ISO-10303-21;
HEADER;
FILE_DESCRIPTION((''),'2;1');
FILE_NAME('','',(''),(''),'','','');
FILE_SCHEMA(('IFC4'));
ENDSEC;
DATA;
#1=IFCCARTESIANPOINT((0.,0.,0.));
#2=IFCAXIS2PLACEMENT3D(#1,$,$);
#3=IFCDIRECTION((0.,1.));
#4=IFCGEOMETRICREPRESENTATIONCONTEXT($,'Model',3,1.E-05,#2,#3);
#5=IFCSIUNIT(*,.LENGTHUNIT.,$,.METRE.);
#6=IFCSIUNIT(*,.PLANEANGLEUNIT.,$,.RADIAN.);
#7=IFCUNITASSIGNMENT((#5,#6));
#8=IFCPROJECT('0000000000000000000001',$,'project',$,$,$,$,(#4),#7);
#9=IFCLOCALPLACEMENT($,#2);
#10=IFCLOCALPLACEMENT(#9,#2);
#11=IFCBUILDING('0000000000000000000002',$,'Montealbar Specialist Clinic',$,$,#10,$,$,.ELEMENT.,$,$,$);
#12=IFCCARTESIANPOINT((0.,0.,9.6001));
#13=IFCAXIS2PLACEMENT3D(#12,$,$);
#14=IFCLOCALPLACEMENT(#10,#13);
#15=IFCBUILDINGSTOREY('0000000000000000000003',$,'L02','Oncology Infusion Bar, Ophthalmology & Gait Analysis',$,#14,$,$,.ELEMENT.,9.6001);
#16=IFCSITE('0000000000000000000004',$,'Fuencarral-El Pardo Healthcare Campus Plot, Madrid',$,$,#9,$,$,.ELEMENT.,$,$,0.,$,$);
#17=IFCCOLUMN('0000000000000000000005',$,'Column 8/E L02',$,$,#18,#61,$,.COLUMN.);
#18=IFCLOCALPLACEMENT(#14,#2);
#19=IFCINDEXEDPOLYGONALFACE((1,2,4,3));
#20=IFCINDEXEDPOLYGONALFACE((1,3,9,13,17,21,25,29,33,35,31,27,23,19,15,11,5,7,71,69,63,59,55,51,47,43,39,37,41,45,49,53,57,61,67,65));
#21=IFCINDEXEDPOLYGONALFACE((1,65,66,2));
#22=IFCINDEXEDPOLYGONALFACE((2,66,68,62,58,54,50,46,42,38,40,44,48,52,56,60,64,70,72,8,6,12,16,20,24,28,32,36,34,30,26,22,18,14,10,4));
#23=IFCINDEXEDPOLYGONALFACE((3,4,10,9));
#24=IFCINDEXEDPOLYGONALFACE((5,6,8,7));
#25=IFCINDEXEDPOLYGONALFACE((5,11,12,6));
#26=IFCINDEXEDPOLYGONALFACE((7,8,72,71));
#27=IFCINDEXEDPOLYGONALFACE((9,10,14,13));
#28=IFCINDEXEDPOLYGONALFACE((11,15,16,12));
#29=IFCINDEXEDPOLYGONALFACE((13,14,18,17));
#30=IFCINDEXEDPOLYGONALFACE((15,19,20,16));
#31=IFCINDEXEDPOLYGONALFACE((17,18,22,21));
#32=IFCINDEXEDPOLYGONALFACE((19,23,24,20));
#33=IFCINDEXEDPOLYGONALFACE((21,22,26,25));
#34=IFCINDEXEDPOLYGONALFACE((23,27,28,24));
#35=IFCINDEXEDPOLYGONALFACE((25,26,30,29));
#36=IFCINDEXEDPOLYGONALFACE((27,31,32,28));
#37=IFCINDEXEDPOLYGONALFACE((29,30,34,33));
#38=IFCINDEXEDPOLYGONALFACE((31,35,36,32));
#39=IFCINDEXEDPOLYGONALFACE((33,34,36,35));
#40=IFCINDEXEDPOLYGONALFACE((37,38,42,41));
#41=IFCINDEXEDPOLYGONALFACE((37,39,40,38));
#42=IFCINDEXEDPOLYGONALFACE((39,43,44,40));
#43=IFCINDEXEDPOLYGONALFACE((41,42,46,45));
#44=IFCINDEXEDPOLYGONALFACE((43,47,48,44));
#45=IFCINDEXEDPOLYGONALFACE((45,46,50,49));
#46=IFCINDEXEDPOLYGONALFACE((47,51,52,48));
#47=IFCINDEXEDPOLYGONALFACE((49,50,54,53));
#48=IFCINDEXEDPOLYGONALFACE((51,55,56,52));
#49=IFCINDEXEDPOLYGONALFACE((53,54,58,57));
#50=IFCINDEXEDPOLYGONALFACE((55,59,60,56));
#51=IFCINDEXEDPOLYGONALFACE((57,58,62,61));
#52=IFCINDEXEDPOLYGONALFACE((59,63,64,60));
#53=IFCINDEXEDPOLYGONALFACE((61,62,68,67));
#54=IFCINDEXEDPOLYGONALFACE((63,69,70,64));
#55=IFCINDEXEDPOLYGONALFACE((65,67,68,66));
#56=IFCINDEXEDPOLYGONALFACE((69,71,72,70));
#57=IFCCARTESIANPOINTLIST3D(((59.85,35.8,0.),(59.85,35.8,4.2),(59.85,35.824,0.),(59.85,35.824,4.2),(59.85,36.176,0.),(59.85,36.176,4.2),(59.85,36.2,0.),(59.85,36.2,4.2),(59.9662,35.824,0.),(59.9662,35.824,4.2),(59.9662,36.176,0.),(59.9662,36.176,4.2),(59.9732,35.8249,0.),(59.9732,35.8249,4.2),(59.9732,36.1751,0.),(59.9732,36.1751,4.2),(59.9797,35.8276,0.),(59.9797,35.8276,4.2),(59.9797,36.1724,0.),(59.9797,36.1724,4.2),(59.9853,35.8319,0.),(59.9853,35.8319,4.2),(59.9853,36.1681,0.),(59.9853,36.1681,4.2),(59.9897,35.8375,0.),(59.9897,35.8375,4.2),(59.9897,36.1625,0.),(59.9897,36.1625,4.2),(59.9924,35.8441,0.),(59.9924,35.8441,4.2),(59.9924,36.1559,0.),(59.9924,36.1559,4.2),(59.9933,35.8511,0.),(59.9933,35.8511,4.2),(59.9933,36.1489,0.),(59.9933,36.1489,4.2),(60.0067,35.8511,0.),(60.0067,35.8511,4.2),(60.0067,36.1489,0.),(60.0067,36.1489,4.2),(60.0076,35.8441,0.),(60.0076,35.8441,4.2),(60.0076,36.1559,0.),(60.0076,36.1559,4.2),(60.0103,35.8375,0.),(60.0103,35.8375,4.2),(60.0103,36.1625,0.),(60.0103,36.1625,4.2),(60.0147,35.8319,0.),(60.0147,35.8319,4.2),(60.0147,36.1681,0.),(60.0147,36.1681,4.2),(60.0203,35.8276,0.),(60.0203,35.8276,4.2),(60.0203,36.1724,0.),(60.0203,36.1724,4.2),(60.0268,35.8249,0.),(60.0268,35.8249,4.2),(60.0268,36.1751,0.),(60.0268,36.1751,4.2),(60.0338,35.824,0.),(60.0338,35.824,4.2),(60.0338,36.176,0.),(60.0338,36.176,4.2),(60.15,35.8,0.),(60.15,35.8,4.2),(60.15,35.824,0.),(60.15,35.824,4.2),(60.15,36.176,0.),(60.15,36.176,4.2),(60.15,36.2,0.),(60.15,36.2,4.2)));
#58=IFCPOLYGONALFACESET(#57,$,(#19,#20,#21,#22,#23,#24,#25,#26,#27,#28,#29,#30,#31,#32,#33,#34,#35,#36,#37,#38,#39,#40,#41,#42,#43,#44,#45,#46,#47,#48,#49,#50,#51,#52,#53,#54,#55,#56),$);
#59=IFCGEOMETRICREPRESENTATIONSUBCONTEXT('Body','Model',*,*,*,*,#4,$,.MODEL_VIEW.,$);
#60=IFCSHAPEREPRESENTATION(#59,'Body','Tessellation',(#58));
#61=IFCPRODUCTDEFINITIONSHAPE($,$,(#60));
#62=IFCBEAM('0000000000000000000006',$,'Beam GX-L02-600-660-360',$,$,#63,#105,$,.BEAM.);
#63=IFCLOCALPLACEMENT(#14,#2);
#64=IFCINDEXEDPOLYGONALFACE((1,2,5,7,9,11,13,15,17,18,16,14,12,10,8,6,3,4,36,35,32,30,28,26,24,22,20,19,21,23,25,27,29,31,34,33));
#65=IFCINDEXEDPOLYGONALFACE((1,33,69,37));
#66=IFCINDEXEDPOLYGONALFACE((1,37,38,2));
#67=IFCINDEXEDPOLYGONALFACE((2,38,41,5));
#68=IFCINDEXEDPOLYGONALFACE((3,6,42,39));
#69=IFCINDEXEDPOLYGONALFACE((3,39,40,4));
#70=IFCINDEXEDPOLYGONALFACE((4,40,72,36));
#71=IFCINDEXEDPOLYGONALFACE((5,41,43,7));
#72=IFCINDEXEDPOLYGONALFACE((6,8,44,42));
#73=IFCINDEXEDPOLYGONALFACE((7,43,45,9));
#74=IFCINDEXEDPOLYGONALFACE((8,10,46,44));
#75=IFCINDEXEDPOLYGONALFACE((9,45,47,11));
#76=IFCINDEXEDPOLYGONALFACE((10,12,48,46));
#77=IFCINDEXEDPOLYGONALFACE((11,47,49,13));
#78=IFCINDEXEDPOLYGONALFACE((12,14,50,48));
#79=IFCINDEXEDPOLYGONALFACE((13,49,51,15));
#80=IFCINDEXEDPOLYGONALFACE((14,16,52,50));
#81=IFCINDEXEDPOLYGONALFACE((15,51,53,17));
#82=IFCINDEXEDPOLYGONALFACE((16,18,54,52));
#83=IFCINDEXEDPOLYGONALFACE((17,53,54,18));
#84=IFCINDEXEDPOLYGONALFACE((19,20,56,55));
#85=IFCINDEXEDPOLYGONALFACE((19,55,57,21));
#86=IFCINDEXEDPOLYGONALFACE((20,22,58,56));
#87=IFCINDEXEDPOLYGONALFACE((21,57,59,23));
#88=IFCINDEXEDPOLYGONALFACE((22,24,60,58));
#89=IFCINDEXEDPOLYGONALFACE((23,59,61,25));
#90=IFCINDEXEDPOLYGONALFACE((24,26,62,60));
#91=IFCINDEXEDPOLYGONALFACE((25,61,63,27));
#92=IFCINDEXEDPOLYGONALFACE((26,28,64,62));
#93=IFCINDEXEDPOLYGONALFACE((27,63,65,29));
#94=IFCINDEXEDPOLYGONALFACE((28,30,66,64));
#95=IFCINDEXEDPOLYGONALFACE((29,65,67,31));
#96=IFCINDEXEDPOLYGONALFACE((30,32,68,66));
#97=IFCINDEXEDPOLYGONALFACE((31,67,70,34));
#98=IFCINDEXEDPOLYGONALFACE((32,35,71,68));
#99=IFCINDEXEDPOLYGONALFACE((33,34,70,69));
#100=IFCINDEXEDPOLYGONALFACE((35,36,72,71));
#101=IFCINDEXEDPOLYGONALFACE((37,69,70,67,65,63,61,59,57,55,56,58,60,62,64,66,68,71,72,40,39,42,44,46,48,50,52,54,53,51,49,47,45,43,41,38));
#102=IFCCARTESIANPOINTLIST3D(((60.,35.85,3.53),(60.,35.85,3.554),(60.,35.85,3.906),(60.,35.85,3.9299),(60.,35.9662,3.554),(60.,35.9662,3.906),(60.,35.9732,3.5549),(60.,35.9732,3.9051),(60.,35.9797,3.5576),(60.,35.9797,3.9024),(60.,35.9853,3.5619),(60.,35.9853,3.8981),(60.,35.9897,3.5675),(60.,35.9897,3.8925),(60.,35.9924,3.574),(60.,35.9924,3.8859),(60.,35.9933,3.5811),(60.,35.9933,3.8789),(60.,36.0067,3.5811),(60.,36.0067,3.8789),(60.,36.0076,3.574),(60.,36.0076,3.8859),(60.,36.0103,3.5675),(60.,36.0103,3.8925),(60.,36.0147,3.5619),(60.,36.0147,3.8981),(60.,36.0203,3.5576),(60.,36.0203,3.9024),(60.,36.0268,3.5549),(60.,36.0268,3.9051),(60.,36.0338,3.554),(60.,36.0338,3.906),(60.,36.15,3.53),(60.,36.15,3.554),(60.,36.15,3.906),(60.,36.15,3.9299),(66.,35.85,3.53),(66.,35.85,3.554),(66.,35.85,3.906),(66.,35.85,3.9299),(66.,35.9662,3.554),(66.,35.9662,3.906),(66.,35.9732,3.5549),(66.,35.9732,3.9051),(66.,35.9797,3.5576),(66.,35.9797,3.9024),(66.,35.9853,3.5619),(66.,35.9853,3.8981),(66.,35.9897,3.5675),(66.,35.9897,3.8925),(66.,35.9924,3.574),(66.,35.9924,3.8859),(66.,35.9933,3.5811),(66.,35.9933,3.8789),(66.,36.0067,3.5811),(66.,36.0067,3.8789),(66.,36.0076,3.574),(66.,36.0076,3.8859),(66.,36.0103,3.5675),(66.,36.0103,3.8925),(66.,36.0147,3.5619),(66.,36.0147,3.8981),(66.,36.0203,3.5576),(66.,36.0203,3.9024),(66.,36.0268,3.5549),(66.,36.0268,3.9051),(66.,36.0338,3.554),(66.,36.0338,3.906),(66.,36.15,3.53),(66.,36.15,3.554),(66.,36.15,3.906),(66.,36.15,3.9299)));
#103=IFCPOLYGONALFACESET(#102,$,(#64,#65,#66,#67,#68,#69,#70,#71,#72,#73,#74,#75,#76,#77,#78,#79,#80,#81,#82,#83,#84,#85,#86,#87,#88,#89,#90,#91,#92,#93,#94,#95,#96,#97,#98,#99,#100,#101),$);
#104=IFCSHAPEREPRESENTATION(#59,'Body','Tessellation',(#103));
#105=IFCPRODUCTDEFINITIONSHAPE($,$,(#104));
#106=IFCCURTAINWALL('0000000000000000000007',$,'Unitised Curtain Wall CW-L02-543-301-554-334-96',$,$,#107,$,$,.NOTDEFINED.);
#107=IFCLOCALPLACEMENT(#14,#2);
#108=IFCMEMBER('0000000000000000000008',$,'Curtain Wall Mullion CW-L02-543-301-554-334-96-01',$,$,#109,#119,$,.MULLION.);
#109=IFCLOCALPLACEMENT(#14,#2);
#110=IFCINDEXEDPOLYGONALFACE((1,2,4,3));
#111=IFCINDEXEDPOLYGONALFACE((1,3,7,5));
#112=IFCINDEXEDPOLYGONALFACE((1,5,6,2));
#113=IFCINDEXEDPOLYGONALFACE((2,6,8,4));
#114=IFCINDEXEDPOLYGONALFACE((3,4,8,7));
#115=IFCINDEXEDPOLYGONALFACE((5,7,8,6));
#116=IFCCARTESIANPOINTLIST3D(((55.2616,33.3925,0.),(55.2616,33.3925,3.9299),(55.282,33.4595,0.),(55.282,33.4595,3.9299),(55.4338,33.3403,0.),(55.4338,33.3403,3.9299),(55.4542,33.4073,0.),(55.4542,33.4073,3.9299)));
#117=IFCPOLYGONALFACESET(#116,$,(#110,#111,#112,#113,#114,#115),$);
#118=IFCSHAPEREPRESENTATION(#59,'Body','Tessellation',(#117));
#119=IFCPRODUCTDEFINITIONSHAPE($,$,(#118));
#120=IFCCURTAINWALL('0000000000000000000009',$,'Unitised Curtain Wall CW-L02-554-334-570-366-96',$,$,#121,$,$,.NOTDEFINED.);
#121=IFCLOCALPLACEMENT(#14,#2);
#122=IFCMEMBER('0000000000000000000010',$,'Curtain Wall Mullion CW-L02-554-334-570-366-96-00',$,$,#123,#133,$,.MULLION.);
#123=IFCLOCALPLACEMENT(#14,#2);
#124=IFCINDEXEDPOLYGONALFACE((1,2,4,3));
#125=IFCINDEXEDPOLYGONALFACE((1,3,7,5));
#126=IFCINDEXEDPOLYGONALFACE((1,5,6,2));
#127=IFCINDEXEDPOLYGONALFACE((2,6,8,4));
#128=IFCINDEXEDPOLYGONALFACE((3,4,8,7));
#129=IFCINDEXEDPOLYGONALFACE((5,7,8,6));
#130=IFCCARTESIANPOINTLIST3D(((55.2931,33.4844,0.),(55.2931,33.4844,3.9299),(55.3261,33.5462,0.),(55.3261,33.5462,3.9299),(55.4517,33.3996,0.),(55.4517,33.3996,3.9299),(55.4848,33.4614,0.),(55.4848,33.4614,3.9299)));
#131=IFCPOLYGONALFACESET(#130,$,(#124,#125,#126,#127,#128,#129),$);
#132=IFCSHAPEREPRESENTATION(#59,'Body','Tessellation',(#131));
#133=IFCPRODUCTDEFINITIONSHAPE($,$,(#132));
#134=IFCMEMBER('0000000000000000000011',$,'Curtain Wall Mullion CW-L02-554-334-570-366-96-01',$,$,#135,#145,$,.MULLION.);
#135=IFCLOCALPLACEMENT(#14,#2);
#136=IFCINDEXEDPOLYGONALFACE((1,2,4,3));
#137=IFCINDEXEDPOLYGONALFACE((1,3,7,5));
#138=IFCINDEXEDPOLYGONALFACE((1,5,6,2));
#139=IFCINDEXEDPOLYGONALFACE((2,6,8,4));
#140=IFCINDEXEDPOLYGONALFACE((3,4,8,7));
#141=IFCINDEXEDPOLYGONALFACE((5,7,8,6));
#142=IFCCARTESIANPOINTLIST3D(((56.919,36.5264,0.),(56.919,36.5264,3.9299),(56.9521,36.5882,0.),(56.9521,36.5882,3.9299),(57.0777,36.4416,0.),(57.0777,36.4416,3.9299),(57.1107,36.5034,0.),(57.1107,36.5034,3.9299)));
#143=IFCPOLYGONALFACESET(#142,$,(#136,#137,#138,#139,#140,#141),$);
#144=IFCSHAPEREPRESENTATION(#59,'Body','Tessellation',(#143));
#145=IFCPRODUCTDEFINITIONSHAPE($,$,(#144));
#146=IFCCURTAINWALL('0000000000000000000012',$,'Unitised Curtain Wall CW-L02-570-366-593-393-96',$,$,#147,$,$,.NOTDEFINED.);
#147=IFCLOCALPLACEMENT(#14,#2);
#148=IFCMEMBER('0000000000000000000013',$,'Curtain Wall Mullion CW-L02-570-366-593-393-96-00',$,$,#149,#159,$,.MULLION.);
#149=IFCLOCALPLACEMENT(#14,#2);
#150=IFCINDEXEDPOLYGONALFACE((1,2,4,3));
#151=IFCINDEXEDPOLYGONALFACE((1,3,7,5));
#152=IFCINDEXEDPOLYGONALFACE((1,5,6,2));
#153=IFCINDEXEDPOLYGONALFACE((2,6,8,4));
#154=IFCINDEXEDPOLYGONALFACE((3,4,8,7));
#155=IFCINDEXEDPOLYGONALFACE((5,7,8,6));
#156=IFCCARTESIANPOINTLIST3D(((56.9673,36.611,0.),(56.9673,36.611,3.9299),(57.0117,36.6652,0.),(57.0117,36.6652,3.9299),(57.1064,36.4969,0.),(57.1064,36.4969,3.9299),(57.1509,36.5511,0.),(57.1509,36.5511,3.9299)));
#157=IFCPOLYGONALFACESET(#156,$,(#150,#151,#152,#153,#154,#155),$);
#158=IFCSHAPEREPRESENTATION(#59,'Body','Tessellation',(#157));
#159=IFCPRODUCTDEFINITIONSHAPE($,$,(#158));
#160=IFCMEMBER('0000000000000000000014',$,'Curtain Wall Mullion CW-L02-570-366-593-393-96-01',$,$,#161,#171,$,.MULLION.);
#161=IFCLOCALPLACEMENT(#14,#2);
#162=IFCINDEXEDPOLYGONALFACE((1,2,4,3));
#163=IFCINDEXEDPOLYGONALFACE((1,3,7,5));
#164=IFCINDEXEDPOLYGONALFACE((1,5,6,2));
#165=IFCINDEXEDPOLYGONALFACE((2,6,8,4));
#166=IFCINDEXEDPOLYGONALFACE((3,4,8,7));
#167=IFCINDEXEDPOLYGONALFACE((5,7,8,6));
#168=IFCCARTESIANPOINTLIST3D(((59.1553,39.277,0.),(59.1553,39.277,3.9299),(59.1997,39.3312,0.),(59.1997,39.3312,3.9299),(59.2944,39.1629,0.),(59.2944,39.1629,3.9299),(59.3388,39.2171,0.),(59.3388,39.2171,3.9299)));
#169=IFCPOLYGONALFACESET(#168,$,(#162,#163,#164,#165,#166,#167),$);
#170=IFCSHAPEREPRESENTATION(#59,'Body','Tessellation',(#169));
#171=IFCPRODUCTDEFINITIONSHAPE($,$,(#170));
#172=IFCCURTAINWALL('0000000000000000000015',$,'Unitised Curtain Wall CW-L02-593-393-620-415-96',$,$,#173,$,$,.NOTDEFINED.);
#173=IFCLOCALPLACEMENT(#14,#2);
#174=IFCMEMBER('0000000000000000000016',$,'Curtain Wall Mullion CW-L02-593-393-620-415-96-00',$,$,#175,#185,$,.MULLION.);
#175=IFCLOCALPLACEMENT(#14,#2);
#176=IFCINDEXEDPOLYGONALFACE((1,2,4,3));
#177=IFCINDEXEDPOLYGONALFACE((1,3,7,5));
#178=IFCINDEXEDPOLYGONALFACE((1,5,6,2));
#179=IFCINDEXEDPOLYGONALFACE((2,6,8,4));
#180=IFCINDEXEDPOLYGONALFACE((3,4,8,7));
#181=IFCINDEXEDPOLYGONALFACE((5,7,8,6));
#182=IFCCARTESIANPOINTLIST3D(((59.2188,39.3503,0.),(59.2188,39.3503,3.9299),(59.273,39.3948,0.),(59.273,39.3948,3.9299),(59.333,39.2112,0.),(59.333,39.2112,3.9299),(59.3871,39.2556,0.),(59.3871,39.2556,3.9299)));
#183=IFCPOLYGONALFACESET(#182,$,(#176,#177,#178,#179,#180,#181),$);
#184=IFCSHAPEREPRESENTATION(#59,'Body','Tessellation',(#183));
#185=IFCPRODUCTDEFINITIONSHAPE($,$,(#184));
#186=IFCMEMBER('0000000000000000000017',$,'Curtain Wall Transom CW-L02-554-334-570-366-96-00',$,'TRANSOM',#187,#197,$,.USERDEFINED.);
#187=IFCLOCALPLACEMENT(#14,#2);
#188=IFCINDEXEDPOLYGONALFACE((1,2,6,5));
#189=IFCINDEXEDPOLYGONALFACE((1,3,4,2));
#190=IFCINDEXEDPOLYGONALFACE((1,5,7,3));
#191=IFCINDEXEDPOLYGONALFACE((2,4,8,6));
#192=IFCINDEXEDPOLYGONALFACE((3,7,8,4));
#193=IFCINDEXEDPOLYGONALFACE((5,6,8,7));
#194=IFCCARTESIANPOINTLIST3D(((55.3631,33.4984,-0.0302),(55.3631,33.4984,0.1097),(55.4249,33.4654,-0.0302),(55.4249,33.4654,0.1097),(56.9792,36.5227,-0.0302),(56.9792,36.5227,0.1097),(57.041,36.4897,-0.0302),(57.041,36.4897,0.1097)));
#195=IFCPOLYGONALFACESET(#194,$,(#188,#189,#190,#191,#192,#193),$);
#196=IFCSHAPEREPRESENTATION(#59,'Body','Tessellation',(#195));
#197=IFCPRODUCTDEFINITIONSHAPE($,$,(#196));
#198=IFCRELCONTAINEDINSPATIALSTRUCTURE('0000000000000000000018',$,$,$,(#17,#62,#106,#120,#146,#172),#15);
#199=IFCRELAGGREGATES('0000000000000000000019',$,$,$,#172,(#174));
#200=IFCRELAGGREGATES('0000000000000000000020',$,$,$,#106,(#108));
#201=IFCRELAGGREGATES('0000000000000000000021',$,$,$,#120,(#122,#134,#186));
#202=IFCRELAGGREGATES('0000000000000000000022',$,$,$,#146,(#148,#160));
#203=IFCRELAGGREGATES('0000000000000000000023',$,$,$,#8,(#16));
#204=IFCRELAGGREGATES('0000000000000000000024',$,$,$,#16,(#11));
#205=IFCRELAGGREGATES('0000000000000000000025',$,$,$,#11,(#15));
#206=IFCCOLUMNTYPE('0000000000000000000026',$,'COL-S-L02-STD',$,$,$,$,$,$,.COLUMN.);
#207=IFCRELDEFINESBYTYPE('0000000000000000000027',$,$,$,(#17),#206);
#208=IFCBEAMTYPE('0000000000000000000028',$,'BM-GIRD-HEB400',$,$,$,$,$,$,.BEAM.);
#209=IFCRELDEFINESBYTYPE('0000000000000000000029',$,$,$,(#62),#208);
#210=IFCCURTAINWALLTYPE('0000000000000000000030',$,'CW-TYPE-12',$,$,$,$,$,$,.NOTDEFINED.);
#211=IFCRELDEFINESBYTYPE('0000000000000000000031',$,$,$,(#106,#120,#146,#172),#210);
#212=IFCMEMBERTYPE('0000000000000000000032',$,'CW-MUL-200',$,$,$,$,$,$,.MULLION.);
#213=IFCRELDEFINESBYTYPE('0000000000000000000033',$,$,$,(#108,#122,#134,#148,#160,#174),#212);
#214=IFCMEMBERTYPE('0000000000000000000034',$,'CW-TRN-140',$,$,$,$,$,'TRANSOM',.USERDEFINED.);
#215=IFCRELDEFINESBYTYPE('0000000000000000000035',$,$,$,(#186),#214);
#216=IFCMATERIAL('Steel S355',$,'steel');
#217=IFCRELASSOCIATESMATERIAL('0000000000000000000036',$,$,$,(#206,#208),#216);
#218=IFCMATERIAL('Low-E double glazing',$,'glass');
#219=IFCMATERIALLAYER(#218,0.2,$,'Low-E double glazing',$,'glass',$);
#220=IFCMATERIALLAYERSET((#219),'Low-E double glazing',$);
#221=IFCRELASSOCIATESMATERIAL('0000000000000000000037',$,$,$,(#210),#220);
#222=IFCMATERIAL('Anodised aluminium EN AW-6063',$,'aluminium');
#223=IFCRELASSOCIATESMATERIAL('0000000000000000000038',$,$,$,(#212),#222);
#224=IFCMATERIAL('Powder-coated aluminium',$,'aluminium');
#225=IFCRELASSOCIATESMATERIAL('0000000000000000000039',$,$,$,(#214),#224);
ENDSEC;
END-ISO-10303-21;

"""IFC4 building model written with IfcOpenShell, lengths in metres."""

from ifc_helpers import new_model, si_unit, direction, frame, origin, origin_2d, place, context, subcontext, project, spatial, rectangle, i_section, extrude, material, layer, layer_set, material_profile, profile_set, type_object, element, aggregate, save


model = new_model("IFC4")

# Units and contexts
model_context = context("Model", 3, precision=1e-05, world=origin(), true_north=direction((0.0, 1.0)))
body_context = subcontext(model_context, "Body", "Model", "MODEL_VIEW")
ifc_project = project(units=[si_unit("LENGTHUNIT", "METRE"), si_unit("PLANEANGLEUNIT", "RADIAN")], contexts=[model_context])

# Site, building, storey
site_placement = place(None, origin())
site = spatial("IfcSite", under=ifc_project, at=site_placement, Name="Fuencarral-El Pardo Healthcare Campus Plot, Madrid", CompositionType="ELEMENT", RefElevation=0.0)
building_placement = place(site_placement, origin())
building = spatial("IfcBuilding", under=site, at=building_placement, Name="Montealbar Specialist Clinic", CompositionType="ELEMENT")
storey_placement = place(building_placement, frame((0.0, 0.0, 9.6001)))
storey = spatial("IfcBuildingStorey", under=building, at=storey_placement, Name="L02", Description="Oncology Infusion Bar, Ophthalmology & Gait Analysis", CompositionType="ELEMENT", Elevation=9.6001)

# Column
ifc_material_1 = material(Name="Steel S355", Category="steel")
ifc_material_profile_1 = material_profile(ifc_material_1, i_section(OverallWidth=0.3, OverallDepth=0.3999, WebThickness=0.0134, FlangeThickness=0.0239, FilletRadius=0.0271, at=origin_2d()), Name="HEB 400", Category="steel")
ifc_profile_set_1 = profile_set([ifc_material_profile_1], Name="Steel S355")
column_type = type_object("IfcColumnType", Name="COL-S-L02-STD", PredefinedType="COLUMN", material=ifc_profile_set_1)
column_placement = place(storey_placement, frame((60.0, 36.0, 0.0), z_axis=(0.0, 0.0, 1.0), x_axis=(1.0, 0.0, 0.0)))
element("IfcColumn", 1, at=column_placement, inside=storey, type_object=column_type, Name="Column 8/E L02", PredefinedType="COLUMN", context=body_context, shape_type="SweptSolid", body=[
    extrude(i_section(OverallWidth=0.3, OverallDepth=0.3999, WebThickness=0.0134, FlangeThickness=0.0239, FilletRadius=0.0271, at=origin_2d()), origin(), (0.0, 0.0, 1.0), 4.2),
])

# Beam
ifc_material_profile_2 = material_profile(ifc_material_1, i_section(OverallWidth=0.3, OverallDepth=0.3999, WebThickness=0.0134, FlangeThickness=0.0239, FilletRadius=0.0271, at=origin_2d()), Name="HEB 400", Category="steel")
ifc_profile_set_2 = profile_set([ifc_material_profile_2], Name="Steel S355")
beam_type = type_object("IfcBeamType", Name="BM-GIRD-HEB400", PredefinedType="BEAM", material=ifc_profile_set_2)
beam_placement = place(storey_placement, frame((60.0, 36.0, 3.73), z_axis=(1.0, 0.0, 0.0), x_axis=(0.0, 1.0, 0.0)))
element("IfcBeam", 2, at=beam_placement, inside=storey, type_object=beam_type, Name="Beam GX-L02-600-660-360", PredefinedType="BEAM", context=body_context, shape_type="SweptSolid", body=[
    extrude(i_section(OverallWidth=0.3, OverallDepth=0.3999, WebThickness=0.0134, FlangeThickness=0.0239, FilletRadius=0.0271, at=origin_2d()), origin(), (0.0, 0.0, 1.0), 6.0),
])

# Curtain wall, member
ifc_material_2 = material(Name="Low-E double glazing", Category="glass")
ifc_layer_1 = layer(ifc_material_2, 0.2, Name="Low-E double glazing", Category="glass")
ifc_layer_set_1 = layer_set([ifc_layer_1], Name="Low-E double glazing")
curtain_wall_type = type_object("IfcCurtainWallType", Name="CW-TYPE-12", PredefinedType="NOTDEFINED", material=ifc_layer_set_1)
curtain_wall_1_placement = place(storey_placement, origin())
curtain_wall_1 = element("IfcCurtainWall", 3, at=curtain_wall_1_placement, inside=storey, type_object=curtain_wall_type, Name="Unitised Curtain Wall CW-L02-543-301-554-334-96", PredefinedType="NOTDEFINED")
ifc_material_3 = material(Name="Anodised aluminium EN AW-6063", Category="aluminium")
ifc_material_profile_3 = material_profile(ifc_material_3, rectangle(XDim=0.0701, YDim=0.1799, at=origin_2d()), Name="ALU 70x180", Category="aluminium")
ifc_profile_set_3 = profile_set([ifc_material_profile_3], Name="Anodised aluminium EN AW-6063")
member_type_1 = type_object("IfcMemberType", Name="CW-MUL-200", PredefinedType="MULLION", material=ifc_profile_set_3)
member_1_placement = place(storey_placement, frame((55.3579, 33.3999, 0.0), z_axis=(0.0, 0.0, 1.0), x_axis=(0.290259, 0.956948, 0.0)))
member_1 = element("IfcMember", 4, at=member_1_placement, type_object=member_type_1, Name="Curtain Wall Mullion CW-L02-543-301-554-334-96-01", PredefinedType="MULLION", context=body_context, shape_type="SweptSolid", body=[
    extrude(rectangle(XDim=0.0701, YDim=0.1799, at=origin_2d()), origin(), (0.0, 0.0, 1.0), 3.9299),
])

# Curtain walls, members
curtain_wall_2_placement = place(storey_placement, origin())
curtain_wall_2 = element("IfcCurtainWall", 5, at=curtain_wall_2_placement, inside=storey, type_object=curtain_wall_type, Name="Unitised Curtain Wall CW-L02-554-334-570-366-96", PredefinedType="NOTDEFINED")
member_2_placement = place(storey_placement, frame((55.3889, 33.4729, 0.0), z_axis=(0.0, 0.0, 1.0), x_axis=(0.471529, 0.88185, 0.0)))
member_2 = element("IfcMember", 6, at=member_2_placement, type_object=member_type_1, Name="Curtain Wall Mullion CW-L02-554-334-570-366-96-00", PredefinedType="MULLION", context=body_context, shape_type="SweptSolid", body=[
    extrude(rectangle(XDim=0.0701, YDim=0.1799, at=origin_2d()), origin(), (0.0, 0.0, 1.0), 3.9299),
])
member_3_placement = place(storey_placement, frame((57.0149, 36.5149, 0.0), z_axis=(0.0, 0.0, 1.0), x_axis=(0.471529, 0.88185, 0.0)))
member_3 = element("IfcMember", 7, at=member_3_placement, type_object=member_type_1, Name="Curtain Wall Mullion CW-L02-554-334-570-366-96-01", PredefinedType="MULLION", context=body_context, shape_type="SweptSolid", body=[
    extrude(rectangle(XDim=0.0701, YDim=0.1799, at=origin_2d()), origin(), (0.0, 0.0, 1.0), 3.9299),
])
curtain_wall_3_placement = place(storey_placement, origin())
curtain_wall_3 = element("IfcCurtainWall", 8, at=curtain_wall_3_placement, inside=storey, type_object=curtain_wall_type, Name="Unitised Curtain Wall CW-L02-570-366-593-393-96", PredefinedType="NOTDEFINED")
member_4_placement = place(storey_placement, frame((57.0591, 36.5811, 0.0), z_axis=(0.0, 0.0, 1.0), x_axis=(0.634256, 0.773123, 0.0)))
member_4 = element("IfcMember", 9, at=member_4_placement, type_object=member_type_1, Name="Curtain Wall Mullion CW-L02-570-366-593-393-96-00", PredefinedType="MULLION", context=body_context, shape_type="SweptSolid", body=[
    extrude(rectangle(XDim=0.0701, YDim=0.1799, at=origin_2d()), origin(), (0.0, 0.0, 1.0), 3.9299),
])
member_5_placement = place(storey_placement, frame((59.2471, 39.2471, 0.0), z_axis=(0.0, 0.0, 1.0), x_axis=(0.634256, 0.773123, 0.0)))
member_5 = element("IfcMember", 10, at=member_5_placement, type_object=member_type_1, Name="Curtain Wall Mullion CW-L02-570-366-593-393-96-01", PredefinedType="MULLION", context=body_context, shape_type="SweptSolid", body=[
    extrude(rectangle(XDim=0.0701, YDim=0.1799, at=origin_2d()), origin(), (0.0, 0.0, 1.0), 3.9299),
])

# Curtain wall, member
curtain_wall_4_placement = place(storey_placement, origin())
curtain_wall_4 = element("IfcCurtainWall", 11, at=curtain_wall_4_placement, inside=storey, type_object=curtain_wall_type, Name="Unitised Curtain Wall CW-L02-593-393-620-415-96", PredefinedType="NOTDEFINED")
member_6_placement = place(storey_placement, frame((59.303, 39.303, 0.0), z_axis=(0.0, 0.0, 1.0), x_axis=(0.773123, 0.634256, 0.0)))
member_6 = element("IfcMember", 12, at=member_6_placement, type_object=member_type_1, Name="Curtain Wall Mullion CW-L02-593-393-620-415-96-00", PredefinedType="MULLION", context=body_context, shape_type="SweptSolid", body=[
    extrude(rectangle(XDim=0.0701, YDim=0.1799, at=origin_2d()), origin(), (0.0, 0.0, 1.0), 3.9299),
])

# Member
ifc_material_4 = material(Name="Powder-coated aluminium", Category="aluminium")
ifc_material_profile_4 = material_profile(ifc_material_4, rectangle(XDim=0.0701, YDim=0.1399, at=origin_2d()), Name="ALU 70x140", Category="aluminium")
ifc_profile_set_4 = profile_set([ifc_material_profile_4], Name="Powder-coated aluminium")
member_type_2 = type_object("IfcMemberType", Name="CW-TRN-140", ElementType="TRANSOM", PredefinedType="USERDEFINED", material=ifc_profile_set_4)
member_7_placement = place(storey_placement, frame((55.394, 33.4819, 0.0398), z_axis=(0.471287, 0.88198, 0.0), x_axis=(-0.88198, 0.471287, 0.0)))
member_7 = element("IfcMember", 13, at=member_7_placement, type_object=member_type_2, Name="Curtain Wall Transom CW-L02-554-334-570-366-96-00", ObjectType="TRANSOM", PredefinedType="USERDEFINED", context=body_context, shape_type="SweptSolid", body=[
    extrude(rectangle(XDim=0.0701, YDim=0.1399, at=origin_2d()), origin(), (0.0, 0.0, 1.0), 3.429),
])
aggregate(curtain_wall_4, [member_6])

aggregate(curtain_wall_1, [member_1])
aggregate(curtain_wall_2, [member_2, member_3, member_7])
aggregate(curtain_wall_3, [member_4, member_5])

save(model, "model.ifc")
